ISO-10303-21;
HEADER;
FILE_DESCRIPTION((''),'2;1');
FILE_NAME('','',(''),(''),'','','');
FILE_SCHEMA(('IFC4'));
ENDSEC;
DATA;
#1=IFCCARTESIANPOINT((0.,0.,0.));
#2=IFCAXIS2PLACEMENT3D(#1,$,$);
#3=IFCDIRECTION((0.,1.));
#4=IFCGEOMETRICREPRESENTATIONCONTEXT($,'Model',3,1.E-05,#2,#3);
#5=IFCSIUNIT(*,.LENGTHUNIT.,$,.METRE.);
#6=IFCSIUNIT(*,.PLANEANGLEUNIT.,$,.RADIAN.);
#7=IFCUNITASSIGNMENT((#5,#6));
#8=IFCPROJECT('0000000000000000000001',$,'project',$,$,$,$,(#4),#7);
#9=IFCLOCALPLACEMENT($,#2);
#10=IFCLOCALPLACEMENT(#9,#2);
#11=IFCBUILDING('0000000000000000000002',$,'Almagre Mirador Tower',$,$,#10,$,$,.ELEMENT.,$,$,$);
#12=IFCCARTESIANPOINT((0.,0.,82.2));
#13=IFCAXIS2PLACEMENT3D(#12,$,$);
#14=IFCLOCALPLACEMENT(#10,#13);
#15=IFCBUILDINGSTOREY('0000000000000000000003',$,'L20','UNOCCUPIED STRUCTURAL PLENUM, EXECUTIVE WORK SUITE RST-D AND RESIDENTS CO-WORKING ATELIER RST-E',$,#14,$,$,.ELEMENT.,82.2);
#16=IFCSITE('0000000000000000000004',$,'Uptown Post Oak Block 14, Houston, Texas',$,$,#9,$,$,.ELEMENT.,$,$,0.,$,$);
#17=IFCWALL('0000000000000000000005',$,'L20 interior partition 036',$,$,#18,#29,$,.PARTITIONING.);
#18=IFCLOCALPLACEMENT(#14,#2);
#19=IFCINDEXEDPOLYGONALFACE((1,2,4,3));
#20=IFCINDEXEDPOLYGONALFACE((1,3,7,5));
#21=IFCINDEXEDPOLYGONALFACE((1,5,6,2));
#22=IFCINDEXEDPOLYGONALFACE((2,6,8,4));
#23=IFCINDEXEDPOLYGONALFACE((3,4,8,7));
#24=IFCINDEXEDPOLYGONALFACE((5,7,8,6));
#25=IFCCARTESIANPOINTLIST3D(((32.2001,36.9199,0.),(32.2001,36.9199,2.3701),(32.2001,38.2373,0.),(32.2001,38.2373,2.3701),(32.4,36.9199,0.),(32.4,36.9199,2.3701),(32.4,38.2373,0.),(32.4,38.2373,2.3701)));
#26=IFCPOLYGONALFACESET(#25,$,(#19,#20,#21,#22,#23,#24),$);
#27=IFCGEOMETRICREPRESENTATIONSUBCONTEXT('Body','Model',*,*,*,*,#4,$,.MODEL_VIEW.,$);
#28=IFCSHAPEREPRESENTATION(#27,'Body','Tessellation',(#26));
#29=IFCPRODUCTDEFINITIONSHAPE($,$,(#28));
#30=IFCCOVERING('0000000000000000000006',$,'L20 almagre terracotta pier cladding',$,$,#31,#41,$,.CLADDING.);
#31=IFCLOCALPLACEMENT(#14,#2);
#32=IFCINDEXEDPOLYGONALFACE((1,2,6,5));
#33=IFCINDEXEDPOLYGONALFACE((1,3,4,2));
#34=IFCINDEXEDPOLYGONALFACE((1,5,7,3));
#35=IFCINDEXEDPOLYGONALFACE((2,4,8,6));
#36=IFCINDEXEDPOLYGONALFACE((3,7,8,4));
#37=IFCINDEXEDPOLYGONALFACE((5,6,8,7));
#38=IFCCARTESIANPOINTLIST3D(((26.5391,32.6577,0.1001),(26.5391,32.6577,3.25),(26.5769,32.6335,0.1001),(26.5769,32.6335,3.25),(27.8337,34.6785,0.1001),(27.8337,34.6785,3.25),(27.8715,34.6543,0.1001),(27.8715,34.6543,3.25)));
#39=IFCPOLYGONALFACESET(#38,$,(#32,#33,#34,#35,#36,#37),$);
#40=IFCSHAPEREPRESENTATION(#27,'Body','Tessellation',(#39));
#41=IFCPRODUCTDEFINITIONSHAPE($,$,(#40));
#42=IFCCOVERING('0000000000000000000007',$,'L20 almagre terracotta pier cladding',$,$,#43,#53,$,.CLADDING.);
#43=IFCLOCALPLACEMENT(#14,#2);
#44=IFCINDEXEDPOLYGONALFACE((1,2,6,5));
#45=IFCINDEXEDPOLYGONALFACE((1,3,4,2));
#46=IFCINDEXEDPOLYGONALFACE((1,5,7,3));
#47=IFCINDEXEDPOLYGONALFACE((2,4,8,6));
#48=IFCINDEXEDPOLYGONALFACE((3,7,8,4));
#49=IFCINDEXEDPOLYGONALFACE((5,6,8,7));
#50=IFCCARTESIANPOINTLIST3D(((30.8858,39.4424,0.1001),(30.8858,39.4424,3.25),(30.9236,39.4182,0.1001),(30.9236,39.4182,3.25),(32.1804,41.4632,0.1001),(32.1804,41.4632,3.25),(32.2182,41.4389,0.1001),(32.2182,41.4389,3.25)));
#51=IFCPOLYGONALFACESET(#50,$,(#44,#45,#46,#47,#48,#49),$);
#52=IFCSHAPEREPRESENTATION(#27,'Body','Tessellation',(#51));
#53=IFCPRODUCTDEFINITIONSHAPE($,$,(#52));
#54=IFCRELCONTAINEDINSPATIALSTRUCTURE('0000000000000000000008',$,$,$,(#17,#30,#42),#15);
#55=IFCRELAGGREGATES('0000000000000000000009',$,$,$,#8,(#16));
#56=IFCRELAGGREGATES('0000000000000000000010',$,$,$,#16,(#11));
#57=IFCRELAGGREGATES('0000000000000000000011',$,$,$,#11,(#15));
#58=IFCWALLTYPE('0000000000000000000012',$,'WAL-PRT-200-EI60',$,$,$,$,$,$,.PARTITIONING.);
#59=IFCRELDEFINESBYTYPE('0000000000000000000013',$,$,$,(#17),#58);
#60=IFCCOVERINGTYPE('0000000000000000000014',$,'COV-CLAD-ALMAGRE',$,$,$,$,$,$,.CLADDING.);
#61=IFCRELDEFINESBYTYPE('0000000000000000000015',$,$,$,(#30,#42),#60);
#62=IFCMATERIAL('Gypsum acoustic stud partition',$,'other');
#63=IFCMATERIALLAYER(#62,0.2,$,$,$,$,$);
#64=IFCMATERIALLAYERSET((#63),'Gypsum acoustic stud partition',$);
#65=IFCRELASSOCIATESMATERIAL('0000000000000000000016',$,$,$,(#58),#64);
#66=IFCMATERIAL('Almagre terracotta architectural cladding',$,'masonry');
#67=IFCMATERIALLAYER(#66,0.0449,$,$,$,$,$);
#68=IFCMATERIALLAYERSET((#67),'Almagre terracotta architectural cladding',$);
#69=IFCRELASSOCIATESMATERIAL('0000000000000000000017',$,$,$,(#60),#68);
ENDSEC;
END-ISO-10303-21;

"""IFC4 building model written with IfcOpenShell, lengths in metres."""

from ifc_helpers import new_model, si_unit, direction, frame, frame_2d, origin, origin_2d, place, context, subcontext, project, spatial, rectangle, extrude, material, layer, layer_set, type_object, element, save


model = new_model("IFC4")

# Units and contexts
model_context = context("Model", 3, precision=1e-05, world=origin(), true_north=direction((0.0, 1.0)))
body_context = subcontext(model_context, "Body", "Model", "MODEL_VIEW")
ifc_project = project(units=[si_unit("LENGTHUNIT", "METRE"), si_unit("PLANEANGLEUNIT", "RADIAN")], contexts=[model_context])

# Site, building, storey
site_placement = place(None, origin())
site = spatial("IfcSite", under=ifc_project, at=site_placement, Name="Uptown Post Oak Block 14, Houston, Texas", CompositionType="ELEMENT", RefElevation=0.0)
building_placement = place(site_placement, origin())
building = spatial("IfcBuilding", under=site, at=building_placement, Name="Almagre Mirador Tower", CompositionType="ELEMENT")
storey_placement = place(building_placement, frame((0.0, 0.0, 82.2)))
storey = spatial("IfcBuildingStorey", under=building, at=storey_placement, Name="L20", Description="UNOCCUPIED STRUCTURAL PLENUM, EXECUTIVE WORK SUITE RST-D AND RESIDENTS CO-WORKING ATELIER RST-E", CompositionType="ELEMENT", Elevation=82.2)

# Wall
ifc_material_1 = material(Name="Gypsum acoustic stud partition", Category="other")
ifc_layer_1 = layer(ifc_material_1, 0.2)
ifc_layer_set_1 = layer_set([ifc_layer_1], Name="Gypsum acoustic stud partition")
wall_type_1 = type_object("IfcWallType", Name="WAL-PRT-200-EI60", PredefinedType="PARTITIONING", material=ifc_layer_set_1)
wall_1_placement = place(storey_placement, frame((32.3, 36.9199, 0.0), z_axis=(0.0, 0.0, 1.0), x_axis=(0.0, 1.0, 0.0)))
element("IfcWall", 1, at=wall_1_placement, inside=storey, type_object=wall_type_1, Name="L20 interior partition 036", PredefinedType="PARTITIONING", context=body_context, shape_type="SweptSolid", body=[
    extrude(rectangle(XDim=1.3174, YDim=0.2, at=frame_2d((0.6587, 0.0))), origin(), (0.0, 0.0, 1.0), 2.3701),
])

# Coverings
ifc_material_2 = material(Name="Almagre terracotta architectural cladding", Category="masonry")
ifc_layer_2 = layer(ifc_material_2, 0.0449)
ifc_layer_set_2 = layer_set([ifc_layer_2], Name="Almagre terracotta architectural cladding")
covering_type = type_object("IfcCoveringType", Name="COV-CLAD-ALMAGRE", PredefinedType="CLADDING", material=ifc_layer_set_2)
for number, where, z_axis, x_axis, name in (
    (2, (27.2053, 33.656, 0.1001), (0.0, 0.0, 1.0), (0.539447, 0.84202, 0.0), "L20 almagre terracotta pier cladding"),
    (3, (31.552, 40.4407, 0.1001), (0.0, 0.0, 1.0), (0.539462, 0.84201, 0.0), "L20 almagre terracotta pier cladding"),
):
    element("IfcCovering", number, at=place(storey_placement, frame(where, z_axis=z_axis, x_axis=x_axis)), inside=storey, type_object=covering_type, Name=name, PredefinedType="CLADDING", context=body_context, shape_type="SweptSolid", body=[
        extrude(rectangle(XDim=2.3999, YDim=0.0449, at=origin_2d()), origin(), (0.0, 0.0, 1.0), 3.1499),
    ])

save(model, "model.ifc")
